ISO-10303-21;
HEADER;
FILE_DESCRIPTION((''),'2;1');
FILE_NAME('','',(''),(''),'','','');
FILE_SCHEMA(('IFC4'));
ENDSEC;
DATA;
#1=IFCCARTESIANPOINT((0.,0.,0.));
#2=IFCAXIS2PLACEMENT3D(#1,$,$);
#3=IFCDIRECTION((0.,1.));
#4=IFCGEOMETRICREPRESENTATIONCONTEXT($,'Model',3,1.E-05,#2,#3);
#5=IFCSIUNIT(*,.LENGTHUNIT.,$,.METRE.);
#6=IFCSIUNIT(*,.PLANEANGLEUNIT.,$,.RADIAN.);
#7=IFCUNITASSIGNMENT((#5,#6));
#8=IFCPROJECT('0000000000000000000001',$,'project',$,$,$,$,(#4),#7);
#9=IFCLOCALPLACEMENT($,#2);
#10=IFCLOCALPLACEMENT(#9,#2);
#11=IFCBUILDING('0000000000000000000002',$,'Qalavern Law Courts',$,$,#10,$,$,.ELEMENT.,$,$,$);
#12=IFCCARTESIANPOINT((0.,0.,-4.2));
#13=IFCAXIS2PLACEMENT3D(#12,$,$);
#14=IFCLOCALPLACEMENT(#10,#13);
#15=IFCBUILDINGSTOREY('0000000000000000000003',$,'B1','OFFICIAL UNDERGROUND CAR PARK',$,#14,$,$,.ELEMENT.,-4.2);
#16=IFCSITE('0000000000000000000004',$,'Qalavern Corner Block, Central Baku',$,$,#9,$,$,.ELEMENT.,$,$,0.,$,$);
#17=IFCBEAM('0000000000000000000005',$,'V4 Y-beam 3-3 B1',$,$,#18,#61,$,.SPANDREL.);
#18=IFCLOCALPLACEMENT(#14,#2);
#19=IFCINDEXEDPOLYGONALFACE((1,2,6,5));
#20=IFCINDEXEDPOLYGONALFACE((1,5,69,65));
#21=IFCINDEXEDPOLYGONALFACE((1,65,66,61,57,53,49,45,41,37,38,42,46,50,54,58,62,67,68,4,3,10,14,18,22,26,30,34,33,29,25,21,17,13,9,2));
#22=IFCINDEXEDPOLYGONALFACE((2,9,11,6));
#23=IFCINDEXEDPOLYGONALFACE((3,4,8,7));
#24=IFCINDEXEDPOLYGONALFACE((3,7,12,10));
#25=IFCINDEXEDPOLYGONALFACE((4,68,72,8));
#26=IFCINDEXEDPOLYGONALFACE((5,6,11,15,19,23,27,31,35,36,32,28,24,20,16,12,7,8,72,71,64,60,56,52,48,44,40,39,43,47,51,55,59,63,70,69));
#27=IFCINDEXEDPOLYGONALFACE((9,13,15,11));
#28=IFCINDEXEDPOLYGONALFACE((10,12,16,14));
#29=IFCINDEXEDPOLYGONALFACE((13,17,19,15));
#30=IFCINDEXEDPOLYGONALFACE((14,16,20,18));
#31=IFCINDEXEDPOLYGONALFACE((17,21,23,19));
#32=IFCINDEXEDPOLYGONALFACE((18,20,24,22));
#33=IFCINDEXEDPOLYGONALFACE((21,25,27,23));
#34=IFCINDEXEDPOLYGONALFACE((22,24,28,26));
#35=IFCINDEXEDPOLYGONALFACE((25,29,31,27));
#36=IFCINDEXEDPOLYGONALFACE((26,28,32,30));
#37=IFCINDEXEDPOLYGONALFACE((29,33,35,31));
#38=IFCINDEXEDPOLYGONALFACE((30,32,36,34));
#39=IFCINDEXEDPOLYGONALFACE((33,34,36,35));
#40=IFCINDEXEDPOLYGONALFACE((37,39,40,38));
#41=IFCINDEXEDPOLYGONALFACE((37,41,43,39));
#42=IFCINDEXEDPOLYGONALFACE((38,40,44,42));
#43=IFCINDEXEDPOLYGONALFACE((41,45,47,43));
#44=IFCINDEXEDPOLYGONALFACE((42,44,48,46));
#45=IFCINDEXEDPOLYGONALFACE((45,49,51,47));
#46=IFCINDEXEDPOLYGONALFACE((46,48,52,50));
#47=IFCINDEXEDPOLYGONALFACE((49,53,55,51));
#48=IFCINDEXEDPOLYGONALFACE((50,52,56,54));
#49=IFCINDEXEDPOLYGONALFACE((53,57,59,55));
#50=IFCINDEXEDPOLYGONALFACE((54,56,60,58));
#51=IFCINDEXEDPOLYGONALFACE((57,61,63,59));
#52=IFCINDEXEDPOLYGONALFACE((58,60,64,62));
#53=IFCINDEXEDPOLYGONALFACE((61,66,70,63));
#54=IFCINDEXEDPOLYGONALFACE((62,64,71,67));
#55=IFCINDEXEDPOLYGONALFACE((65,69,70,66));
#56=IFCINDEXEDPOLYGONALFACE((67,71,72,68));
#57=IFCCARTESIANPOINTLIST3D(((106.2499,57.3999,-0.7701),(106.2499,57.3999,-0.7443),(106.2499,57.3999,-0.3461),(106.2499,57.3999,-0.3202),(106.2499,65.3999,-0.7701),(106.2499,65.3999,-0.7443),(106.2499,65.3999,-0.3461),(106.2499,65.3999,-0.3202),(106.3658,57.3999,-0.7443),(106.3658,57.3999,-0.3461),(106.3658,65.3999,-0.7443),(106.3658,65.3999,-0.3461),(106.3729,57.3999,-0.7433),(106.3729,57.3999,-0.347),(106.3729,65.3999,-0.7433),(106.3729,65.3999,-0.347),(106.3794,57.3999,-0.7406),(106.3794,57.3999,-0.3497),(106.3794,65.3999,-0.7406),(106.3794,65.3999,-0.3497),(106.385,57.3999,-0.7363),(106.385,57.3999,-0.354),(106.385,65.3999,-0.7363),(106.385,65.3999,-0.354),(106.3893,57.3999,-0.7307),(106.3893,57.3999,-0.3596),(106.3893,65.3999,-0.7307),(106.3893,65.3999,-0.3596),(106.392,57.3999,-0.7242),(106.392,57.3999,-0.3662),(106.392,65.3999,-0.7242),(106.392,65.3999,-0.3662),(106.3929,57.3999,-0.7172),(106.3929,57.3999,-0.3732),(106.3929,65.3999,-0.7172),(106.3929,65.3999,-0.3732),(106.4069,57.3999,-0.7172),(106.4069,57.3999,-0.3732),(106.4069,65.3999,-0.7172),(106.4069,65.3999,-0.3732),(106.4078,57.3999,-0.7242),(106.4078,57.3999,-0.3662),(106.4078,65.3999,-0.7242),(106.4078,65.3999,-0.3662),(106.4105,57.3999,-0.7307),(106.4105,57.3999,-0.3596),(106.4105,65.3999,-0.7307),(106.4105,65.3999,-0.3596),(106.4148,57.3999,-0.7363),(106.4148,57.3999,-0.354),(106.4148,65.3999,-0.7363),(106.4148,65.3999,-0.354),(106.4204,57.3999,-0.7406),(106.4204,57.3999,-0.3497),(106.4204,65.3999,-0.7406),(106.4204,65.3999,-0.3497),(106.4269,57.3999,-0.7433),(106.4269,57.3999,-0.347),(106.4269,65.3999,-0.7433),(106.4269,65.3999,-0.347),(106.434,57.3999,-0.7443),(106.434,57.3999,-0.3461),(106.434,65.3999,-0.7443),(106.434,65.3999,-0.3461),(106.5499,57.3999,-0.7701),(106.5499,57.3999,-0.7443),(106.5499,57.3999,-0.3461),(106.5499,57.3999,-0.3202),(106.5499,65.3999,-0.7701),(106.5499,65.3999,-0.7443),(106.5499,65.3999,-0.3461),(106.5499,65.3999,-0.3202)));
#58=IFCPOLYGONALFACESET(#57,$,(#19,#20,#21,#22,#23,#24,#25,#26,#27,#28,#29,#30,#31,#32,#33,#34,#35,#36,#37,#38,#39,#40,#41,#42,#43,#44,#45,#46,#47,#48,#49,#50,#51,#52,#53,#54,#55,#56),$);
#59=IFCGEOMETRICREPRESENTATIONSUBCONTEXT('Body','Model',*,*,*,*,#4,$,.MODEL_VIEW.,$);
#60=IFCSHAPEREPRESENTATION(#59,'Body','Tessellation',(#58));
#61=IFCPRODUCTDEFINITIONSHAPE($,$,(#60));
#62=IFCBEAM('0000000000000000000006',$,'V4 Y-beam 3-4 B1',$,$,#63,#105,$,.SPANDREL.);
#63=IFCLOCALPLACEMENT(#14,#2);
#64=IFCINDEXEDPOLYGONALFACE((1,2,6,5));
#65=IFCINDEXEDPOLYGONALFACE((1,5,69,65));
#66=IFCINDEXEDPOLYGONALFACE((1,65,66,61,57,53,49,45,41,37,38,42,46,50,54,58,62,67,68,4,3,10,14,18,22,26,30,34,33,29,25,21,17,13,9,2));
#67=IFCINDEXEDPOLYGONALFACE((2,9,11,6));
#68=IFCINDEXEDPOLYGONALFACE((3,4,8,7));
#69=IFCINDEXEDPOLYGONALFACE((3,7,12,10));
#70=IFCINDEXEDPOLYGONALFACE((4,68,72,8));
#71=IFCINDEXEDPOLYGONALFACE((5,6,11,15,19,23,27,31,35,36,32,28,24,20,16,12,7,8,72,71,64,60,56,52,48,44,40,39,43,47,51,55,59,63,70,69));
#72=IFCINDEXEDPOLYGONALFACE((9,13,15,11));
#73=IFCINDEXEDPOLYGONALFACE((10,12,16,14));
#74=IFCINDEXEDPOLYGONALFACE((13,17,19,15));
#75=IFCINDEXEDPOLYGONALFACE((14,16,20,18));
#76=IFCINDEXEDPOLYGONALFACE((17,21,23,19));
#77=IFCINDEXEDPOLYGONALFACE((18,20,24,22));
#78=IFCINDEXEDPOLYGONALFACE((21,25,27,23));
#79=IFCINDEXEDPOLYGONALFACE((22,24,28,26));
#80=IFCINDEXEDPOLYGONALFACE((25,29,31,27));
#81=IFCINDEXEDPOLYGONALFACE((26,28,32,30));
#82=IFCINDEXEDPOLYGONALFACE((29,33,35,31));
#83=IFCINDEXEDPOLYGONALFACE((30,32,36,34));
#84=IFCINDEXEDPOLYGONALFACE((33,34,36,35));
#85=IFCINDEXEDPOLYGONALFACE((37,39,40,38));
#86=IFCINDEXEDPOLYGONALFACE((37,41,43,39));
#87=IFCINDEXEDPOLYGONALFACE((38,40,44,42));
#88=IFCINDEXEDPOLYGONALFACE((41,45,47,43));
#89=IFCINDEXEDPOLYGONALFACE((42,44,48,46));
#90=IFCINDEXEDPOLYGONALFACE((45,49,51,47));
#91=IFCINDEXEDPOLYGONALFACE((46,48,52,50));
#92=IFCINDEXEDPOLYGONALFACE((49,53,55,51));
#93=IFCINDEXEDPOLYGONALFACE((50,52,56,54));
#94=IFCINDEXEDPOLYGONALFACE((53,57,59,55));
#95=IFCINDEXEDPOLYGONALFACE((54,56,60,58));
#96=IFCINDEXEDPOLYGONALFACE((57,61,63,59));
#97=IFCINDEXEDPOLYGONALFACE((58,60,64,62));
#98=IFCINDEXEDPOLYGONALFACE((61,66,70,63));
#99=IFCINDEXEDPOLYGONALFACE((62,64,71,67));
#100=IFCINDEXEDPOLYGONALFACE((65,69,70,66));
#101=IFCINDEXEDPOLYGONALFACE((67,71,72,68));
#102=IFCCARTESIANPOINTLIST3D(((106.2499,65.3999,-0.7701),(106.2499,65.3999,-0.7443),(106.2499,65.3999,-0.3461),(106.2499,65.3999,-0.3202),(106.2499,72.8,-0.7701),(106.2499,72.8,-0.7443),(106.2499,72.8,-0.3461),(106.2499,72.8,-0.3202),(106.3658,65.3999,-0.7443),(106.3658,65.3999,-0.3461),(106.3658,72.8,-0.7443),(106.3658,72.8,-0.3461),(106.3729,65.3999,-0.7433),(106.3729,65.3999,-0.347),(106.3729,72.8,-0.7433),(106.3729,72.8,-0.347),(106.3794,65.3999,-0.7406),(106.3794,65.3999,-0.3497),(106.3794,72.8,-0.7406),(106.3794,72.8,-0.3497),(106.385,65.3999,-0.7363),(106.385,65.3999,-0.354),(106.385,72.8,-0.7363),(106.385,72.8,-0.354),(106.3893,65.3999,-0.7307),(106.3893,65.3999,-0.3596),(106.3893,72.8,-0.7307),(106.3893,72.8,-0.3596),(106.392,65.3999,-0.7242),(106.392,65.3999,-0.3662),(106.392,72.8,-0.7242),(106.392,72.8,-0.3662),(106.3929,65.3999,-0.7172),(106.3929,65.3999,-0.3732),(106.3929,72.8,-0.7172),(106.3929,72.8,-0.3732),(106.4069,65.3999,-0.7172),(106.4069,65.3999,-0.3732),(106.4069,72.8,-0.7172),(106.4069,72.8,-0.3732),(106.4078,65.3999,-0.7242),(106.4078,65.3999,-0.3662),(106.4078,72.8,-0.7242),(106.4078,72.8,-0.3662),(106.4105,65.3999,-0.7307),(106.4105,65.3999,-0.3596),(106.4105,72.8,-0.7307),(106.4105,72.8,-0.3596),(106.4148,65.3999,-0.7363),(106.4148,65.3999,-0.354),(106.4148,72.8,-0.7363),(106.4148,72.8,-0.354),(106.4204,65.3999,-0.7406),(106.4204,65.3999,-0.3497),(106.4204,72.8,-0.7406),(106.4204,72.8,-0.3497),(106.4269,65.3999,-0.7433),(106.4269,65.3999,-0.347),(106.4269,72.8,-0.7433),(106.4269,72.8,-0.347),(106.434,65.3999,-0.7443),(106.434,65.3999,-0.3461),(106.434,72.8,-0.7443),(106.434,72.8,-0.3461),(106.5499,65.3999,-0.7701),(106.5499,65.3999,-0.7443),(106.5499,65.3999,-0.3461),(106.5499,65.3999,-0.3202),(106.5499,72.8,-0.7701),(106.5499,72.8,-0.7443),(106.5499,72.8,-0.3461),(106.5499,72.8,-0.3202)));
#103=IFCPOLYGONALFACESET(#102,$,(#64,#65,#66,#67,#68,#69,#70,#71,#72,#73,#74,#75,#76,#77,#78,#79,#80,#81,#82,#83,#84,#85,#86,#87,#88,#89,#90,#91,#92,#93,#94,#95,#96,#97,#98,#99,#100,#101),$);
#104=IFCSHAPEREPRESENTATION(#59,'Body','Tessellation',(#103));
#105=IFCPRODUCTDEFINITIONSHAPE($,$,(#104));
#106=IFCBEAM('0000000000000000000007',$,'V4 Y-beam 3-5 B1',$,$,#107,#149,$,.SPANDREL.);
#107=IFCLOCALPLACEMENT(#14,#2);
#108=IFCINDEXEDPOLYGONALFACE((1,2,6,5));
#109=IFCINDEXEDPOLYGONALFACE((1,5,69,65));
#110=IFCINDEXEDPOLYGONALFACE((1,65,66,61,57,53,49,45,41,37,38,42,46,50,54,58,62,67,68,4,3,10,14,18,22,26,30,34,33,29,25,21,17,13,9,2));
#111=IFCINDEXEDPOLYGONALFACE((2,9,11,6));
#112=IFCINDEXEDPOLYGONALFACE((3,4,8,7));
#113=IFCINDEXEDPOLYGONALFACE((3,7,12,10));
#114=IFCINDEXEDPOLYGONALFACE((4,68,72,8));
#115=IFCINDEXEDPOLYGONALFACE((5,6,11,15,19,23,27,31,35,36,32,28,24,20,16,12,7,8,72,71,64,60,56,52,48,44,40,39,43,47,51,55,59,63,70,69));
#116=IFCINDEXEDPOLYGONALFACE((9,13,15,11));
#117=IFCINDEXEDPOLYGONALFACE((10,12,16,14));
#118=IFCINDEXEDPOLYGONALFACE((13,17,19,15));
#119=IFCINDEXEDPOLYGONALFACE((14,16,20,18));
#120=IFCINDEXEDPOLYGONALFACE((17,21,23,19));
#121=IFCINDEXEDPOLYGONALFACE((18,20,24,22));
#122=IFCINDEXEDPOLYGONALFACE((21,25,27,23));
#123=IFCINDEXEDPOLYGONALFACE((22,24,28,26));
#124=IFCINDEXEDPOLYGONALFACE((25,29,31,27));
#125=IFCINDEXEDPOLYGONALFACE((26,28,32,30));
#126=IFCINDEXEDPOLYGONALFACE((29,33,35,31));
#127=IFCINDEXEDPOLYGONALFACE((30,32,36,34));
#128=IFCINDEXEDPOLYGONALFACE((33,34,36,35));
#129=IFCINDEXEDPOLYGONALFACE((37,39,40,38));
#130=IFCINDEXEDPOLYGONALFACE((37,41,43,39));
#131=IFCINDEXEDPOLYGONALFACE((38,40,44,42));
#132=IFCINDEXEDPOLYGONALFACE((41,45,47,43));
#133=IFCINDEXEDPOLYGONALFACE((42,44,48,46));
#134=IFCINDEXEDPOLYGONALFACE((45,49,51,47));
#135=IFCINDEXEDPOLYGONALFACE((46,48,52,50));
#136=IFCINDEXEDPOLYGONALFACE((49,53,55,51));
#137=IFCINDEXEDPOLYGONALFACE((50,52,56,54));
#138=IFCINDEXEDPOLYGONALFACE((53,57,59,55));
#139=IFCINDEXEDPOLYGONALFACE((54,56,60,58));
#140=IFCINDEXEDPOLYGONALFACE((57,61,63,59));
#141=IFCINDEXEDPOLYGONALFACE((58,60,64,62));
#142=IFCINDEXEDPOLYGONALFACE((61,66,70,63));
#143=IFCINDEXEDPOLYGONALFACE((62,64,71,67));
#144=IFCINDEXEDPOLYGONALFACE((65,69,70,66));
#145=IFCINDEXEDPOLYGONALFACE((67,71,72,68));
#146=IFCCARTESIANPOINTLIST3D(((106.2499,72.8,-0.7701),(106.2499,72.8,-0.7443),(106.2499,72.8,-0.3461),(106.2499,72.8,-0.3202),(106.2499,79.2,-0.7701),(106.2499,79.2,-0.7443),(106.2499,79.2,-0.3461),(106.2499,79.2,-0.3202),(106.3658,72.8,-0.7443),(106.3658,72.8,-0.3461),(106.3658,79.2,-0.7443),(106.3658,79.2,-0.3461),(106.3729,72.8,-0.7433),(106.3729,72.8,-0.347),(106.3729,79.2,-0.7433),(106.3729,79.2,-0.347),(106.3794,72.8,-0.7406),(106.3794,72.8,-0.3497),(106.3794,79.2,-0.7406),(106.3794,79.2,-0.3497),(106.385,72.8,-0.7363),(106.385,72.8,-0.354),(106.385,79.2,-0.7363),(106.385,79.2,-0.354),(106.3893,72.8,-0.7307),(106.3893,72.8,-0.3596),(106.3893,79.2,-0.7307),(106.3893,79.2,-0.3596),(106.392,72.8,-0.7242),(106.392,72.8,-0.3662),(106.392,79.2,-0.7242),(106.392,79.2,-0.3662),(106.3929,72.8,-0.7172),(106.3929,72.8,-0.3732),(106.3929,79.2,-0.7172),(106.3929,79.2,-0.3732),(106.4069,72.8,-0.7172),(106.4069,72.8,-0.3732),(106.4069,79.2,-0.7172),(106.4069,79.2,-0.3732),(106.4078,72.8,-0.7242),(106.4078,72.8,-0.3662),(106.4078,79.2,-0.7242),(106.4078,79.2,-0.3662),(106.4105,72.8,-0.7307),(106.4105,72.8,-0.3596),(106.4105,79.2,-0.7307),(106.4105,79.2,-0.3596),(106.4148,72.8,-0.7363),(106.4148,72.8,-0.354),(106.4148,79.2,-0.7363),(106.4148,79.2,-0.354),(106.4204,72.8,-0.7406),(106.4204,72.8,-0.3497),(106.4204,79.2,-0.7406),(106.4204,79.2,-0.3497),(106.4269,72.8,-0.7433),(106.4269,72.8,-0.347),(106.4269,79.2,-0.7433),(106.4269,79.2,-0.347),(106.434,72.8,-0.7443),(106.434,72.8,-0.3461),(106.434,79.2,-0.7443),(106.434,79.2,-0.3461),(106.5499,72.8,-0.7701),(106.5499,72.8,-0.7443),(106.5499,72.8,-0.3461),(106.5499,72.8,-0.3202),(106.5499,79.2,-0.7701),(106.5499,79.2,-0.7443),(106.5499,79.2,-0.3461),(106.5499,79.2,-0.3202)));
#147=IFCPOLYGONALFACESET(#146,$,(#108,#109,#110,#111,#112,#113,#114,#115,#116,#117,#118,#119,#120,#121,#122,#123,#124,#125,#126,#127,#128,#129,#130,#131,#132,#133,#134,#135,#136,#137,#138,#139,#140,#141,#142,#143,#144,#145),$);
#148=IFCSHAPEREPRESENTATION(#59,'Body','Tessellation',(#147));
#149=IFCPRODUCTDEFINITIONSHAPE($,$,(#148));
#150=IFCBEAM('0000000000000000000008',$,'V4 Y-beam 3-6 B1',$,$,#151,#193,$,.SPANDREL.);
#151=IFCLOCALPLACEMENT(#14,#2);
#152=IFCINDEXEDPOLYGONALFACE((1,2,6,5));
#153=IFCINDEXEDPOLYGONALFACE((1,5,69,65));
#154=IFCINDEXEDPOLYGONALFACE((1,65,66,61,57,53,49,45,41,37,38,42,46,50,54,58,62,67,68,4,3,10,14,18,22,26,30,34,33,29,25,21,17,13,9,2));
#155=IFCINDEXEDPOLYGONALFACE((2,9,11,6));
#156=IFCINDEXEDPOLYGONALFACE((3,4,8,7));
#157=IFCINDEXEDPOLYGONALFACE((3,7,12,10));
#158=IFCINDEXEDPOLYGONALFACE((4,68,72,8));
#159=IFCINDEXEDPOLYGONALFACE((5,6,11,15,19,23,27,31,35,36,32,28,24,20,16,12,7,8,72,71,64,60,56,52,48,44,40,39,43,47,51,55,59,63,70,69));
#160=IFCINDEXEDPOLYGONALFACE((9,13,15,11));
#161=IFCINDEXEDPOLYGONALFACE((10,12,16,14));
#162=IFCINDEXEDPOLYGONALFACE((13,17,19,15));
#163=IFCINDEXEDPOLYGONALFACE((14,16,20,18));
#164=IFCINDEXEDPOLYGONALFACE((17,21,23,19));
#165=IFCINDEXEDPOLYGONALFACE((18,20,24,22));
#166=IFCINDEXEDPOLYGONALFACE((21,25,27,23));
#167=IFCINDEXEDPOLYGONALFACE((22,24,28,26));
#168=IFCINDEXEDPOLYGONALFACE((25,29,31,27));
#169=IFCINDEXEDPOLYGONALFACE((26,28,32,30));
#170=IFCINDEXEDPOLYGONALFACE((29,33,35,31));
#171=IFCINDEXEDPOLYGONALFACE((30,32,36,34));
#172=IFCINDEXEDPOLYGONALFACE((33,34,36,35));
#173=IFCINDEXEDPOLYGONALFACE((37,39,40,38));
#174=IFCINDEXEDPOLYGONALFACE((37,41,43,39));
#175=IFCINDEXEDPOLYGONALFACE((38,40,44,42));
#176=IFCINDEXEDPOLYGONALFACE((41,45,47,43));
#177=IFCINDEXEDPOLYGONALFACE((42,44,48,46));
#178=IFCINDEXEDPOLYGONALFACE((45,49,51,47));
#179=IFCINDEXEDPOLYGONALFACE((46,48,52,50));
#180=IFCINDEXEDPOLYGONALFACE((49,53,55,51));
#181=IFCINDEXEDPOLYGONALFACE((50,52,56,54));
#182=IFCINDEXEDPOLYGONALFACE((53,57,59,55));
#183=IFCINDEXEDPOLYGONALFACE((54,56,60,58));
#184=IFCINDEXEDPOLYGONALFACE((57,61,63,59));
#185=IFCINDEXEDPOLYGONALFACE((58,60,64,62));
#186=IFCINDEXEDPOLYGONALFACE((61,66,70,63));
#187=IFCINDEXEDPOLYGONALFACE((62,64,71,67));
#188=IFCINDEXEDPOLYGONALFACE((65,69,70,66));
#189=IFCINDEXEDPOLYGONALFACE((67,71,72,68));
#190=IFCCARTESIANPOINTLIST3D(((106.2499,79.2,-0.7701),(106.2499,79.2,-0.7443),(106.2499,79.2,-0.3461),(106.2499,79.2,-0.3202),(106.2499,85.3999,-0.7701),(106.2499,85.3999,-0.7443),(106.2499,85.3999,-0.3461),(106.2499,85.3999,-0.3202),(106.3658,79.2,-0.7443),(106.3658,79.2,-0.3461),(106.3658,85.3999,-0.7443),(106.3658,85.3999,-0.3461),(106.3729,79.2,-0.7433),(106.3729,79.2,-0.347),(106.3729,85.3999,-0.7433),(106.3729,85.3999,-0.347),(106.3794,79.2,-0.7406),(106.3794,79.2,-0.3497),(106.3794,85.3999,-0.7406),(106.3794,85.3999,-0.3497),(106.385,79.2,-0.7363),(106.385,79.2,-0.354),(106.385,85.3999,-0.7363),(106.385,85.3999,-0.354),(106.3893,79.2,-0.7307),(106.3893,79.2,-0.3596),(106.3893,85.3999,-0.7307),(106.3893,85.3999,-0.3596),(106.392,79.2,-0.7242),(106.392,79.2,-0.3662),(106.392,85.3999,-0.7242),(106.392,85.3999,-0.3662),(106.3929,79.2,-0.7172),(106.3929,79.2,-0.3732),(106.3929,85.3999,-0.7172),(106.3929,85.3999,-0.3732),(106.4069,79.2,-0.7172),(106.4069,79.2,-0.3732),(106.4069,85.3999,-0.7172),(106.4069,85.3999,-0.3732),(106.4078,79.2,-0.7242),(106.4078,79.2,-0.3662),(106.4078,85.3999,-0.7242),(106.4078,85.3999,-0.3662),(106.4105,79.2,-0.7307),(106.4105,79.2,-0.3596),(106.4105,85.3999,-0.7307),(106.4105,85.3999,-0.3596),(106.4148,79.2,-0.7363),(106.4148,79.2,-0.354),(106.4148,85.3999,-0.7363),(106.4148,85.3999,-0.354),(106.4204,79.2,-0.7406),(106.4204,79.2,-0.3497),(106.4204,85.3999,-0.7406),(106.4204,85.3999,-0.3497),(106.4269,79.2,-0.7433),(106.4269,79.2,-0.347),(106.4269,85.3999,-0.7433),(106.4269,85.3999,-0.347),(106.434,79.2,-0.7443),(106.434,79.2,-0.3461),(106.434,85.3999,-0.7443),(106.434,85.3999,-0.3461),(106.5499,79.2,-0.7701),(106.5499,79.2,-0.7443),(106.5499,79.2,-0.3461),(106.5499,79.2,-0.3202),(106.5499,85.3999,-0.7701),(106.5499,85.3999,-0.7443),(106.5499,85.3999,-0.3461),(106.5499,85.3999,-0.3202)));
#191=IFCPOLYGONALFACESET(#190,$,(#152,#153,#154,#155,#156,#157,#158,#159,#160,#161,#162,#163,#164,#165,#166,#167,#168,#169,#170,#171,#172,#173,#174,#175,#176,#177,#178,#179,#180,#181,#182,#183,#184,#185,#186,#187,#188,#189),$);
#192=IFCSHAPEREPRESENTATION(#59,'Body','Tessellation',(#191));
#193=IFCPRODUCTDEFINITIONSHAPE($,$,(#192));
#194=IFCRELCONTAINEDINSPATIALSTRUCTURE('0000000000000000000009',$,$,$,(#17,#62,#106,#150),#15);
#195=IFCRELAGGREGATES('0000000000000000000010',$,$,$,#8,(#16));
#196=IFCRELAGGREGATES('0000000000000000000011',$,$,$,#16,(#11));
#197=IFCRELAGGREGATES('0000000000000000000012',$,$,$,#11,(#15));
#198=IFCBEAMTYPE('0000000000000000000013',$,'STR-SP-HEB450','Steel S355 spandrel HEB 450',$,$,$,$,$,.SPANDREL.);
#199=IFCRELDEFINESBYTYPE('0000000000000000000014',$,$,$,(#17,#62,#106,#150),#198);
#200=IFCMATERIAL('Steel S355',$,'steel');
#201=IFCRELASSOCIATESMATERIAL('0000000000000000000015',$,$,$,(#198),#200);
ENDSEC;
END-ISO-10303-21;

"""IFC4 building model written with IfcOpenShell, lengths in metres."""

from ifc_helpers import new_model, si_unit, direction, frame, origin, origin_2d, place, context, subcontext, project, spatial, i_section, extrude, material, material_profile, profile_set, type_object, element, save


model = new_model("IFC4")

# Units and contexts
model_context = context("Model", 3, precision=1e-05, world=origin(), true_north=direction((0.0, 1.0)))
body_context = subcontext(model_context, "Body", "Model", "MODEL_VIEW")
ifc_project = project(units=[si_unit("LENGTHUNIT", "METRE"), si_unit("PLANEANGLEUNIT", "RADIAN")], contexts=[model_context])

# Site, building, storey
site_placement = place(None, origin())
site = spatial("IfcSite", under=ifc_project, at=site_placement, Name="Qalavern Corner Block, Central Baku", CompositionType="ELEMENT", RefElevation=0.0)
building_placement = place(site_placement, origin())
building = spatial("IfcBuilding", under=site, at=building_placement, Name="Qalavern Law Courts", CompositionType="ELEMENT")
storey_placement = place(building_placement, frame((0.0, 0.0, -4.2)))
storey = spatial("IfcBuildingStorey", under=building, at=storey_placement, Name="B1", Description="OFFICIAL UNDERGROUND CAR PARK", CompositionType="ELEMENT", Elevation=-4.2)

# Beams
ifc_material_1 = material(Name="Steel S355", Category="steel")
ifc_material_profile_1 = material_profile(ifc_material_1, i_section(OverallWidth=0.3, OverallDepth=0.45, WebThickness=0.0139, FlangeThickness=0.0259, FilletRadius=0.0271, at=origin_2d()), Name="HEB 450")
ifc_profile_set_1 = profile_set([ifc_material_profile_1], Name="Steel S355")
beam_type = type_object("IfcBeamType", Name="STR-SP-HEB450", Description="Steel S355 spandrel HEB 450", PredefinedType="SPANDREL", material=ifc_profile_set_1)
for number, where, z_axis, x_axis, name in (
    (1, (106.3999, 57.3999, -0.5452), (0.0, 1.0, 0.0), (-1.0, 0.0, 0.0), "V4 Y-beam 3-3 B1"),
):
    element("IfcBeam", number, at=place(storey_placement, frame(where, z_axis=z_axis, x_axis=x_axis)), inside=storey, type_object=beam_type, Name=name, PredefinedType="SPANDREL", context=body_context, shape_type="SweptSolid", body=[
        extrude(i_section(OverallWidth=0.3, OverallDepth=0.45, WebThickness=0.0139, FlangeThickness=0.0259, FilletRadius=0.0271, at=origin_2d()), origin(), (0.0, 0.0, 1.0), 8.0),
    ])
beam_1_placement = place(storey_placement, frame((106.3999, 65.3999, -0.5452), z_axis=(0.0, 1.0, 0.0), x_axis=(-1.0, 0.0, 0.0)))
element("IfcBeam", 2, at=beam_1_placement, inside=storey, type_object=beam_type, Name="V4 Y-beam 3-4 B1", PredefinedType="SPANDREL", context=body_context, shape_type="SweptSolid", body=[
    extrude(i_section(OverallWidth=0.3, OverallDepth=0.45, WebThickness=0.0139, FlangeThickness=0.0259, FilletRadius=0.0271, at=origin_2d()), origin(), (0.0, 0.0, 1.0), 7.4001),
])
beam_2_placement = place(storey_placement, frame((106.3999, 72.8, -0.5452), z_axis=(0.0, 1.0, 0.0), x_axis=(-1.0, 0.0, 0.0)))
element("IfcBeam", 3, at=beam_2_placement, inside=storey, type_object=beam_type, Name="V4 Y-beam 3-5 B1", PredefinedType="SPANDREL", context=body_context, shape_type="SweptSolid", body=[
    extrude(i_section(OverallWidth=0.3, OverallDepth=0.45, WebThickness=0.0139, FlangeThickness=0.0259, FilletRadius=0.0271, at=origin_2d()), origin(), (0.0, 0.0, 1.0), 6.3999),
])
beam_3_placement = place(storey_placement, frame((106.3999, 79.2, -0.5452), z_axis=(0.0, 1.0, 0.0), x_axis=(-1.0, 0.0, 0.0)))
element("IfcBeam", 4, at=beam_3_placement, inside=storey, type_object=beam_type, Name="V4 Y-beam 3-6 B1", PredefinedType="SPANDREL", context=body_context, shape_type="SweptSolid", body=[
    extrude(i_section(OverallWidth=0.3, OverallDepth=0.45, WebThickness=0.0139, FlangeThickness=0.0259, FilletRadius=0.0271, at=origin_2d()), origin(), (0.0, 0.0, 1.0), 6.2),
])

save(model, "model.ifc")
